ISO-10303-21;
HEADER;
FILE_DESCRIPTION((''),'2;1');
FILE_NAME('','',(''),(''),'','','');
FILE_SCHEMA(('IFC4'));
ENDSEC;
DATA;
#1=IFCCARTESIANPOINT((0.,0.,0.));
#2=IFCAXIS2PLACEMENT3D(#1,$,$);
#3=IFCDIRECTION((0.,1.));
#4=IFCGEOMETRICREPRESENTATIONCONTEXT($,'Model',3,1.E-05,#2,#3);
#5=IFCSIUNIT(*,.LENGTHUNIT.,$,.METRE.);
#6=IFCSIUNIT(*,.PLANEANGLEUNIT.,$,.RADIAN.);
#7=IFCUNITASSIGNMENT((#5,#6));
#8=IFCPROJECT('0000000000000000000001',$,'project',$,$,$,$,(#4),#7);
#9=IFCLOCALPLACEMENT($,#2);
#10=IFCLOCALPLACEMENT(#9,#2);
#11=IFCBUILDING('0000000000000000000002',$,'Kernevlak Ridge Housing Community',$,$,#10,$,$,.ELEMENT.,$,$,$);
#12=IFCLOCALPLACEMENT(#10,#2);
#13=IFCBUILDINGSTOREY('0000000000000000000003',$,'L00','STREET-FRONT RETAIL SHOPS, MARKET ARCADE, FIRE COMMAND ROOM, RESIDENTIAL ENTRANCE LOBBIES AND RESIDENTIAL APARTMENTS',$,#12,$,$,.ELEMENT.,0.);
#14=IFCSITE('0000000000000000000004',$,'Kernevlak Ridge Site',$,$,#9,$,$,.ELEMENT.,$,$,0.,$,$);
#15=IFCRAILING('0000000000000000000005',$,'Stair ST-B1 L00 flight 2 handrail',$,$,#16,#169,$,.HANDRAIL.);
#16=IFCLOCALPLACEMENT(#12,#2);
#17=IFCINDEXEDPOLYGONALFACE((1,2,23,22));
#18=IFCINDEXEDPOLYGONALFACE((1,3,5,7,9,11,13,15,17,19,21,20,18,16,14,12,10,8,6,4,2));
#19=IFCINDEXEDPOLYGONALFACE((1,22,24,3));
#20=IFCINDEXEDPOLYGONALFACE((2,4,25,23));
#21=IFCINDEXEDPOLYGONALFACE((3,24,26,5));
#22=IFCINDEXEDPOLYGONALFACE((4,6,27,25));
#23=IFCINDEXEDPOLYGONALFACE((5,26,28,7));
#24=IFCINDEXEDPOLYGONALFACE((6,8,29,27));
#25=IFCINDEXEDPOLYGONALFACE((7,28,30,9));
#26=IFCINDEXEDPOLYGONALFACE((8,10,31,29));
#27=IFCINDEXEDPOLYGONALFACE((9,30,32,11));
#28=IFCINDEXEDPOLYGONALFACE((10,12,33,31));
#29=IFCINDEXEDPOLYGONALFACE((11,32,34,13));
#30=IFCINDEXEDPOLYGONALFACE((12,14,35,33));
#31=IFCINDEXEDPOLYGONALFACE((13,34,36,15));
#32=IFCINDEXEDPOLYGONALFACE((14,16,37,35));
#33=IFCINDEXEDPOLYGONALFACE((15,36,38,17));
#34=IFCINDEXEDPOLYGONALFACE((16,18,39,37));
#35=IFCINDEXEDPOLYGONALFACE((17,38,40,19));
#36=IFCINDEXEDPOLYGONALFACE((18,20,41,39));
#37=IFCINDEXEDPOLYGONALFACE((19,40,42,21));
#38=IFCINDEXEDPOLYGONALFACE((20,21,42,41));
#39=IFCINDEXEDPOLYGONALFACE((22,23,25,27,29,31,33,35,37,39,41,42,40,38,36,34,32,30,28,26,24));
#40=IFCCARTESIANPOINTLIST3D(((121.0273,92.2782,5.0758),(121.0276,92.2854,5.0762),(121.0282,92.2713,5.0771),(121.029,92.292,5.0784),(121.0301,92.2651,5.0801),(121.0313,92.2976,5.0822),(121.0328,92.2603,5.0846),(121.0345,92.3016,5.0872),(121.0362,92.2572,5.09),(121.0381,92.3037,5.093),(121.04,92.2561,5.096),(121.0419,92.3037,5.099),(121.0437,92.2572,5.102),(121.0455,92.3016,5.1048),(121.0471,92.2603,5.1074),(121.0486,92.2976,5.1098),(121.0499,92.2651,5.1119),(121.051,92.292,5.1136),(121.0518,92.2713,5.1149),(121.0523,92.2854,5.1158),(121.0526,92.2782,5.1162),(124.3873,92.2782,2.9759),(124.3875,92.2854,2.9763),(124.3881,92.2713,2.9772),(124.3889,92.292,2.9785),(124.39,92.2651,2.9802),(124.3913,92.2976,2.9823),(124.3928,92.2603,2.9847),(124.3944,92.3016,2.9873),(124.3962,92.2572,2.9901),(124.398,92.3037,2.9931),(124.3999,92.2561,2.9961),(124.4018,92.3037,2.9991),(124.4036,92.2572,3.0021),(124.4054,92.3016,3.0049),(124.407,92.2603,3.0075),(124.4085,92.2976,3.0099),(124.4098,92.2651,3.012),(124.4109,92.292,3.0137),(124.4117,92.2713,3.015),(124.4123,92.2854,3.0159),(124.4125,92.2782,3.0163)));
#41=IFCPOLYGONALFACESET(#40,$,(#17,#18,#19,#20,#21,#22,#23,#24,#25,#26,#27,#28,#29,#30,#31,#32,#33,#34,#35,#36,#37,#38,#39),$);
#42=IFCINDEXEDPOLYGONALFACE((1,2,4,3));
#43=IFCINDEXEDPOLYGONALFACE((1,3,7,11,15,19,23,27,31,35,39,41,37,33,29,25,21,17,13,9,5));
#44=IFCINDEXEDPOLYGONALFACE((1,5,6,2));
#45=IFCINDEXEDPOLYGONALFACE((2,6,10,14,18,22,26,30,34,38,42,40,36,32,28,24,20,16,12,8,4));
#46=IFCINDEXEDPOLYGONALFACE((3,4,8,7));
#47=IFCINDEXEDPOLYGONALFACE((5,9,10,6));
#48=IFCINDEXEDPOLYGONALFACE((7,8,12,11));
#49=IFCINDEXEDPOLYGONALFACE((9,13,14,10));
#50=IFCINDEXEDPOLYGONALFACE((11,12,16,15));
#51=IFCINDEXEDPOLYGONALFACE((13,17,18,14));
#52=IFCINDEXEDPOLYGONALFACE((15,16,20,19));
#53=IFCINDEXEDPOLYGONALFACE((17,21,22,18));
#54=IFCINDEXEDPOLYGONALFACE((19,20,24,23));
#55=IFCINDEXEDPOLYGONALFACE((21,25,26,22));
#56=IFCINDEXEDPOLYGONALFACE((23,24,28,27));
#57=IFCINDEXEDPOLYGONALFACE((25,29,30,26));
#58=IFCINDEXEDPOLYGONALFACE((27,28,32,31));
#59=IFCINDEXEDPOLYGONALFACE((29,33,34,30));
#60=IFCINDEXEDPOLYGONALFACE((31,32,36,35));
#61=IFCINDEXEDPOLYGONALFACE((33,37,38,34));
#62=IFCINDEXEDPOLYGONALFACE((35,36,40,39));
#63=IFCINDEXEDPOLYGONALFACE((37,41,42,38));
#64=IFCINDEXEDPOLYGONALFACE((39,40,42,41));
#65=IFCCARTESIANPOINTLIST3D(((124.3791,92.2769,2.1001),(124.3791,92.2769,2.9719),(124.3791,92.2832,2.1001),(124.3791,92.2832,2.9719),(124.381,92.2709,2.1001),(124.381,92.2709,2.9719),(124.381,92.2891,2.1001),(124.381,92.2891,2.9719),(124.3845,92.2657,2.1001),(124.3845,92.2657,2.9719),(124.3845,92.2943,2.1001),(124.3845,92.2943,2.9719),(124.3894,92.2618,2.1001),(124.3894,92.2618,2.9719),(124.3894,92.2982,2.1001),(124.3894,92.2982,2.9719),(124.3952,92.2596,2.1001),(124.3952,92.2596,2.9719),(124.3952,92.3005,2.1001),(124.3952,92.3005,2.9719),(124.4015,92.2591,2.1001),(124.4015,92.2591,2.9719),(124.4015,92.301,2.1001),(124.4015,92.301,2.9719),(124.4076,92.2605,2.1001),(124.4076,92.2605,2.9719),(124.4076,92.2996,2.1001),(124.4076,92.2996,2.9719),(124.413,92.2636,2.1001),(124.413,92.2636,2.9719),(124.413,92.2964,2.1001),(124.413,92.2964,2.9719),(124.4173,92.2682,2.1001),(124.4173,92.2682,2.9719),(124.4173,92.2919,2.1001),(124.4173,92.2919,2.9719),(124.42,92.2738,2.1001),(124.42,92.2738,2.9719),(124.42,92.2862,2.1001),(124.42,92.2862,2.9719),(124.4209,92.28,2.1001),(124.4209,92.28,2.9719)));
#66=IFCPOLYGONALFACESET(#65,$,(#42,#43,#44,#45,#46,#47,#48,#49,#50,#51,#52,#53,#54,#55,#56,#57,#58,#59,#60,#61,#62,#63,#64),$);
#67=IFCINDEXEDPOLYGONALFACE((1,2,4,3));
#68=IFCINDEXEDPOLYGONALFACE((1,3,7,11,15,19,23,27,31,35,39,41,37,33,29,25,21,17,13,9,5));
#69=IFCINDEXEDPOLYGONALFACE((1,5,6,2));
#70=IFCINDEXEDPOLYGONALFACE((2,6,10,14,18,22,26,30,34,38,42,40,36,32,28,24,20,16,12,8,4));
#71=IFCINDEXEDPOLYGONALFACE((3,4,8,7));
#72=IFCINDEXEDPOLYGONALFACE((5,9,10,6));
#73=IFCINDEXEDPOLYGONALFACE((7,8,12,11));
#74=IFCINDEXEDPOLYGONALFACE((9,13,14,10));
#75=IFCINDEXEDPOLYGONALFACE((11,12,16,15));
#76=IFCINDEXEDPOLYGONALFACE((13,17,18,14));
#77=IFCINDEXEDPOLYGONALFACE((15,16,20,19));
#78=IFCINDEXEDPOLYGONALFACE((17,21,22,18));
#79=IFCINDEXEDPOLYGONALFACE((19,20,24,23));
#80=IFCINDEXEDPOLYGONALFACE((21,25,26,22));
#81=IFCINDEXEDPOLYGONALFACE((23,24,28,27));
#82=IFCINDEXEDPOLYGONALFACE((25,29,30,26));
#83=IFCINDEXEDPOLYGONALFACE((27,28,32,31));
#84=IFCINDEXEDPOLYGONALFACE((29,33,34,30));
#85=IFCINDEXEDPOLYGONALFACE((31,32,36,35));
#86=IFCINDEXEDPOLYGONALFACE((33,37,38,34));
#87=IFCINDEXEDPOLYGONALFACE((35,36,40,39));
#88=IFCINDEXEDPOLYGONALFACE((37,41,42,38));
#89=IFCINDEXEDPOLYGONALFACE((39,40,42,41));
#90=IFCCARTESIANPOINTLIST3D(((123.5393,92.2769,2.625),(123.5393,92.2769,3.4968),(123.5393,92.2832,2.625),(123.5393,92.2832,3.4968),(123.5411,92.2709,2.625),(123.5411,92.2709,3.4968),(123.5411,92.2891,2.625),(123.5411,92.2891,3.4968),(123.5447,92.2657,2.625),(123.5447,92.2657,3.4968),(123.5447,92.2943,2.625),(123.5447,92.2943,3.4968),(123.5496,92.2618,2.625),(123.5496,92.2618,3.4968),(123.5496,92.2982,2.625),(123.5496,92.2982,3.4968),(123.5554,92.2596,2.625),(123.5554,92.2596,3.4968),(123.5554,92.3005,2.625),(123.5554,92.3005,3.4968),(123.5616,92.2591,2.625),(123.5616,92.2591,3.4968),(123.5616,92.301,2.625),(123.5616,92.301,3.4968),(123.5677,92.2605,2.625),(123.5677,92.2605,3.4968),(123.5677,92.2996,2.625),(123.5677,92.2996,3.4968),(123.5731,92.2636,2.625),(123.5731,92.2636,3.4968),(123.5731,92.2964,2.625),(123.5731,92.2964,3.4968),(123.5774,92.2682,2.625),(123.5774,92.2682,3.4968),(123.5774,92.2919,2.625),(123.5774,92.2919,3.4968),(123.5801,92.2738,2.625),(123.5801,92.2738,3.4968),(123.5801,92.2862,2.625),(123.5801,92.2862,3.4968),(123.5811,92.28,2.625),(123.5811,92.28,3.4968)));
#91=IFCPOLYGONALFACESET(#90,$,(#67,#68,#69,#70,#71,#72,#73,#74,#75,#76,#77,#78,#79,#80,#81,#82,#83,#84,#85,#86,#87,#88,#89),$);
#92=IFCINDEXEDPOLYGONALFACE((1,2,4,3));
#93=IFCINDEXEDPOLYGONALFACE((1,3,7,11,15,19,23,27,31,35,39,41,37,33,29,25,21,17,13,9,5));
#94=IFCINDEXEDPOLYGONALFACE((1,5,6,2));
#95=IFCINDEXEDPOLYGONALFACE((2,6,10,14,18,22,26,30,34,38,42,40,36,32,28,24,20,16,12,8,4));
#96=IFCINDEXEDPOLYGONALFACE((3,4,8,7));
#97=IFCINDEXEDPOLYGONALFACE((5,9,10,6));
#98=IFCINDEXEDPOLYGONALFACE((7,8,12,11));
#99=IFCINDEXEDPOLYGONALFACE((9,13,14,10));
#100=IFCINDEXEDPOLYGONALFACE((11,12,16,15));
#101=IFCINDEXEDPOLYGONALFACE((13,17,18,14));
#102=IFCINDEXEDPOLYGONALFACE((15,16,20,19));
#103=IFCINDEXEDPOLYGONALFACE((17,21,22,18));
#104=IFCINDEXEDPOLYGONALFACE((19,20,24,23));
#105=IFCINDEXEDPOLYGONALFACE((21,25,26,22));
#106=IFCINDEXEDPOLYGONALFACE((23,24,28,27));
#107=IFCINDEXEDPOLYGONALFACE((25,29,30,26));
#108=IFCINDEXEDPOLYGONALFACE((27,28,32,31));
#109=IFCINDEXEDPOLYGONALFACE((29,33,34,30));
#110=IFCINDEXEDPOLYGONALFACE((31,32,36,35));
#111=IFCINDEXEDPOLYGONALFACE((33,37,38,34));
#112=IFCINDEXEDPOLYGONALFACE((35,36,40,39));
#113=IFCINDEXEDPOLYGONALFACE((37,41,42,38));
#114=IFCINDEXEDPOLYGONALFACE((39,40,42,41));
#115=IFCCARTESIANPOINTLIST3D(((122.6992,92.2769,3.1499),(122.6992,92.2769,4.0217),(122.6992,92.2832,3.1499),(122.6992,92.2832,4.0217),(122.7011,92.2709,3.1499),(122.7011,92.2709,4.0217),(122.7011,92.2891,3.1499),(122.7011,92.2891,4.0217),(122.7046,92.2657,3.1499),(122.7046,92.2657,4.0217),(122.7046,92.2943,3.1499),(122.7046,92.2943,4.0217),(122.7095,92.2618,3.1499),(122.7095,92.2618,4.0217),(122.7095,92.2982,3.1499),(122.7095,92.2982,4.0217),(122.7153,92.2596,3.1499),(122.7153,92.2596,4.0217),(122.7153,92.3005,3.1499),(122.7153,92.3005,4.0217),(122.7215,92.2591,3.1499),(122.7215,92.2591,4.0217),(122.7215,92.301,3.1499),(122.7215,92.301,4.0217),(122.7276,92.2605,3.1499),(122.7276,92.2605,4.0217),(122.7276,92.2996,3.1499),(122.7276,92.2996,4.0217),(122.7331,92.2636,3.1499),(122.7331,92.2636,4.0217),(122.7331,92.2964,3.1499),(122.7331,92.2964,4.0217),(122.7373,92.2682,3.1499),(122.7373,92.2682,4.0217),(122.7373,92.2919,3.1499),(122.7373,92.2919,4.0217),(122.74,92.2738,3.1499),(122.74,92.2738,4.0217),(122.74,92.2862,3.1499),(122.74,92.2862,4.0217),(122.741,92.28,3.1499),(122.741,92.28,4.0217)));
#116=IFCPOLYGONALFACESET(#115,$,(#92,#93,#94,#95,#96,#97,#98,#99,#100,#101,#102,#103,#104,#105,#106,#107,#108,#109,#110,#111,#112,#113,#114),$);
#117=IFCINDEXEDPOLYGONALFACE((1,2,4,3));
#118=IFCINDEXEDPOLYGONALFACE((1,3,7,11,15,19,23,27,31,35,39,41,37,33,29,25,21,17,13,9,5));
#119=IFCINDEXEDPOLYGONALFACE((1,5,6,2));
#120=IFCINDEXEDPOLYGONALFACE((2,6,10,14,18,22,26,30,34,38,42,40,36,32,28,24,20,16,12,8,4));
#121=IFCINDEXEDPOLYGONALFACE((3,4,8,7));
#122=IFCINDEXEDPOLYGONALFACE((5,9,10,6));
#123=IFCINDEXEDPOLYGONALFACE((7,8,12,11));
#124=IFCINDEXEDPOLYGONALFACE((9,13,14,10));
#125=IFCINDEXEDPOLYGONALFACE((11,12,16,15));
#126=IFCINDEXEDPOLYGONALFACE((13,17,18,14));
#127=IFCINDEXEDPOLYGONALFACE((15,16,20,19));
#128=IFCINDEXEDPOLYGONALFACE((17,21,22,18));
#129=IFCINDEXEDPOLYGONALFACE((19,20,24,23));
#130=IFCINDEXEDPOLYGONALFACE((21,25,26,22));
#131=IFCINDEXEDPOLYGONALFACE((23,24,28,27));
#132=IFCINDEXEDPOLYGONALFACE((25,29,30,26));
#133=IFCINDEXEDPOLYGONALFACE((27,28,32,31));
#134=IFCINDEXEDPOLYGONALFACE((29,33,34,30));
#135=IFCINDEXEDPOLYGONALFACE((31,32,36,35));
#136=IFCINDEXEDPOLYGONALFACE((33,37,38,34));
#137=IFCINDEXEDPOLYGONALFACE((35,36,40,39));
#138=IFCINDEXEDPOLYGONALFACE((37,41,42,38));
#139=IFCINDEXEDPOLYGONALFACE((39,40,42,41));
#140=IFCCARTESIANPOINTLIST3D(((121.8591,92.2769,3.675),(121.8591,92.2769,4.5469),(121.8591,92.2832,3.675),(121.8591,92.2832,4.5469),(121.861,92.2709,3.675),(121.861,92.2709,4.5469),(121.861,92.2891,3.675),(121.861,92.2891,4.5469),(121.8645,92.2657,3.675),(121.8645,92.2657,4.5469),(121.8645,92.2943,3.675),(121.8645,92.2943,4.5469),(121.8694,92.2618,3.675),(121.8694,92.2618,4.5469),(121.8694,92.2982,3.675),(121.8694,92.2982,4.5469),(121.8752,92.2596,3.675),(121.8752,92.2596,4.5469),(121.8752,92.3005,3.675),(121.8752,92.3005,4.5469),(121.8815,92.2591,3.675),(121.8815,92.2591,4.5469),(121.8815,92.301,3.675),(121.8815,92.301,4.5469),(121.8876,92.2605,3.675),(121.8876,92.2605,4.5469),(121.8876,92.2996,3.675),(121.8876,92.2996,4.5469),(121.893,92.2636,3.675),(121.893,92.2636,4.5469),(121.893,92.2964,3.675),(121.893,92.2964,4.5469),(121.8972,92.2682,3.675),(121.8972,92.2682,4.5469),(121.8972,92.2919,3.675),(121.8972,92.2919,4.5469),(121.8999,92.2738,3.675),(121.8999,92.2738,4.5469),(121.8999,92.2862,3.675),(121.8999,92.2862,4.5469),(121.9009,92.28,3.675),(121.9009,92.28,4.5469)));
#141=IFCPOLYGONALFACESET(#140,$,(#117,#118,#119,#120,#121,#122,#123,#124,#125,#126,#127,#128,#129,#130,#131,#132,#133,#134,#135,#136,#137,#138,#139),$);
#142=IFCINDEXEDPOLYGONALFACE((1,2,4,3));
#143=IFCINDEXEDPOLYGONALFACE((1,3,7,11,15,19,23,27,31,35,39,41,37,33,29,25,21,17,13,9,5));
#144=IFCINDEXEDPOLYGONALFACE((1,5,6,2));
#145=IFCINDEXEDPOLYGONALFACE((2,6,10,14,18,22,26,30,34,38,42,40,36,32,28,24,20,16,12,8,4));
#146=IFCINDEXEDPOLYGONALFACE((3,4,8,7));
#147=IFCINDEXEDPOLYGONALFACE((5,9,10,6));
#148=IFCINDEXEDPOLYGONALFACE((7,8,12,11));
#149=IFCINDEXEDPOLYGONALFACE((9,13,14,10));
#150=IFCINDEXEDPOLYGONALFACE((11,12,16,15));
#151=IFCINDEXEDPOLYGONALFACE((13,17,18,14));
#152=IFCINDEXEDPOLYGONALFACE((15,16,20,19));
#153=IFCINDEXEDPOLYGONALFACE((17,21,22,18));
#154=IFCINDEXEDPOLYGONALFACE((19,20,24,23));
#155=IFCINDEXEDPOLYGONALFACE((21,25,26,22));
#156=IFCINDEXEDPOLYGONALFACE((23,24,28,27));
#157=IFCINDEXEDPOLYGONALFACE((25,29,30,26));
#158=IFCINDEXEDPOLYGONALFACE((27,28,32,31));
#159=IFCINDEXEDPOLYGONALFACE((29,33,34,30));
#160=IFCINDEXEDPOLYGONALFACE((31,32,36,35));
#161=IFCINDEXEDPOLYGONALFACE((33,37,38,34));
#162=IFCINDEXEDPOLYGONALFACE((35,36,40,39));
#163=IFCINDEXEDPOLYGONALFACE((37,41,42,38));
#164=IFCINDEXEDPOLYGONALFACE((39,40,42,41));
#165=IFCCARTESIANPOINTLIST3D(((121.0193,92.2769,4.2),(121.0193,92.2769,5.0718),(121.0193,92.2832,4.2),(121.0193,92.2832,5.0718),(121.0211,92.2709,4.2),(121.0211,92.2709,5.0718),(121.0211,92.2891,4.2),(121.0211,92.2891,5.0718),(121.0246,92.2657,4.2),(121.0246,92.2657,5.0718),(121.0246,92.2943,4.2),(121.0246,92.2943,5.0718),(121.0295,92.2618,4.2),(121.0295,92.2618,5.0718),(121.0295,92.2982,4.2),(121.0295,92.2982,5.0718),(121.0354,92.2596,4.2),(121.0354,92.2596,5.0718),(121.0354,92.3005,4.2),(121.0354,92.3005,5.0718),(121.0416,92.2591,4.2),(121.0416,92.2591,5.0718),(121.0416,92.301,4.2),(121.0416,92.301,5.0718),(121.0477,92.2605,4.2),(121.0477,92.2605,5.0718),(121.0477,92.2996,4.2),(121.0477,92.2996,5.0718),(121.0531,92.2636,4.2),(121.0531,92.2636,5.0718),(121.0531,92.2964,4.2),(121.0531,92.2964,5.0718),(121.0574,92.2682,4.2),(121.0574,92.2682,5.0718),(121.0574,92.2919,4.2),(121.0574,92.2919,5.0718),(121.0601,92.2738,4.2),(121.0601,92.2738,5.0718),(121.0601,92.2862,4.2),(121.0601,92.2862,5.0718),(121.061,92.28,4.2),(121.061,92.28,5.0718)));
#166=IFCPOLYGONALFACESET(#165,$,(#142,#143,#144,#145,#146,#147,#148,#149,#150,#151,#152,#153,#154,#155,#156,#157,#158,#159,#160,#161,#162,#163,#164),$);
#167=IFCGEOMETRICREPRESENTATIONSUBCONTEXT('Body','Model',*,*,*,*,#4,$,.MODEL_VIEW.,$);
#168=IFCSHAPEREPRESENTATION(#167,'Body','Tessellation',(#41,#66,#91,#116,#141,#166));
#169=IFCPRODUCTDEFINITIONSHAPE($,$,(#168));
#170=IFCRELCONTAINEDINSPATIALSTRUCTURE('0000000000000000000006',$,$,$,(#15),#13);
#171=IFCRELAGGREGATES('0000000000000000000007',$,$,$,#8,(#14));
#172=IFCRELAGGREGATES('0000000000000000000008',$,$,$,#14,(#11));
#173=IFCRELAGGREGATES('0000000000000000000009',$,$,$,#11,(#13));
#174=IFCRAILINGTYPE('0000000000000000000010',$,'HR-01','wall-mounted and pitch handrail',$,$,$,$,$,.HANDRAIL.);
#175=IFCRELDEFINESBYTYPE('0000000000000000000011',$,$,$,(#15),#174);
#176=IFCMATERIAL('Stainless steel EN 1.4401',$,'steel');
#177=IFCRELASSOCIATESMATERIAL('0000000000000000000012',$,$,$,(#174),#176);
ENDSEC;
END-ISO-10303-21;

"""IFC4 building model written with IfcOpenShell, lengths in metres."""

from ifc_helpers import new_model, si_unit, direction, frame, origin, origin_2d, place, context, subcontext, project, spatial, circle, extrude, material, type_object, element, save


model = new_model("IFC4")

# Units and contexts
model_context = context("Model", 3, precision=1e-05, world=origin(), true_north=direction((0.0, 1.0)))
body_context = subcontext(model_context, "Body", "Model", "MODEL_VIEW")
ifc_project = project(units=[si_unit("LENGTHUNIT", "METRE"), si_unit("PLANEANGLEUNIT", "RADIAN")], contexts=[model_context])

# Site, building, storey
site_placement = place(None, origin())
site = spatial("IfcSite", under=ifc_project, at=site_placement, Name="Kernevlak Ridge Site", CompositionType="ELEMENT", RefElevation=0.0)
building_placement = place(site_placement, origin())
building = spatial("IfcBuilding", under=site, at=building_placement, Name="Kernevlak Ridge Housing Community", CompositionType="ELEMENT")
storey_placement = place(building_placement, origin())
storey = spatial("IfcBuildingStorey", under=building, at=storey_placement, Name="L00", Description="STREET-FRONT RETAIL SHOPS, MARKET ARCADE, FIRE COMMAND ROOM, RESIDENTIAL ENTRANCE LOBBIES AND RESIDENTIAL APARTMENTS", CompositionType="ELEMENT", Elevation=0.0)

# Shared definitions
ifc_material_1 = material(Name="Stainless steel EN 1.4401", Category="steel")

# Railing
railing_type_1 = type_object("IfcRailingType", Name="HR-01", Description="wall-mounted and pitch handrail", PredefinedType="HANDRAIL", material=ifc_material_1)
railing_1_placement = place(storey_placement, frame((124.3999, 92.28, 2.1001)))
element("IfcRailing", 1, at=railing_1_placement, inside=storey, type_object=railing_type_1, Name="Stair ST-B1 L00 flight 2 handrail", PredefinedType="HANDRAIL", context=body_context, shape_type="SweptSolid", body=[
    extrude(circle(Radius=0.0239, at=origin_2d()), frame((0.0, 0.0, 0.896), z_axis=(-0.848005, 0.0, 0.529988), x_axis=(0.0, -1.0, 0.0)), (0.0, 0.0, 1.0), 3.9622),
    extrude(circle(Radius=0.021, at=origin_2d()), origin(), (0.0, 0.0, 1.0), 0.8718),
    extrude(circle(Radius=0.021, at=origin_2d()), frame((-0.8398, 0.0, 0.5249)), (0.0, 0.0, 1.0), 0.8718),
    extrude(circle(Radius=0.021, at=origin_2d()), frame((-1.6799, 0.0, 1.0498)), (0.0, 0.0, 1.0), 0.8718),
    extrude(circle(Radius=0.021, at=origin_2d()), frame((-2.52, 0.0, 1.575)), (0.0, 0.0, 1.0), 0.8718),
    extrude(circle(Radius=0.021, at=origin_2d()), frame((-3.3599, 0.0, 2.0999)), (0.0, 0.0, 1.0), 0.8718),
])

save(model, "model.ifc")
